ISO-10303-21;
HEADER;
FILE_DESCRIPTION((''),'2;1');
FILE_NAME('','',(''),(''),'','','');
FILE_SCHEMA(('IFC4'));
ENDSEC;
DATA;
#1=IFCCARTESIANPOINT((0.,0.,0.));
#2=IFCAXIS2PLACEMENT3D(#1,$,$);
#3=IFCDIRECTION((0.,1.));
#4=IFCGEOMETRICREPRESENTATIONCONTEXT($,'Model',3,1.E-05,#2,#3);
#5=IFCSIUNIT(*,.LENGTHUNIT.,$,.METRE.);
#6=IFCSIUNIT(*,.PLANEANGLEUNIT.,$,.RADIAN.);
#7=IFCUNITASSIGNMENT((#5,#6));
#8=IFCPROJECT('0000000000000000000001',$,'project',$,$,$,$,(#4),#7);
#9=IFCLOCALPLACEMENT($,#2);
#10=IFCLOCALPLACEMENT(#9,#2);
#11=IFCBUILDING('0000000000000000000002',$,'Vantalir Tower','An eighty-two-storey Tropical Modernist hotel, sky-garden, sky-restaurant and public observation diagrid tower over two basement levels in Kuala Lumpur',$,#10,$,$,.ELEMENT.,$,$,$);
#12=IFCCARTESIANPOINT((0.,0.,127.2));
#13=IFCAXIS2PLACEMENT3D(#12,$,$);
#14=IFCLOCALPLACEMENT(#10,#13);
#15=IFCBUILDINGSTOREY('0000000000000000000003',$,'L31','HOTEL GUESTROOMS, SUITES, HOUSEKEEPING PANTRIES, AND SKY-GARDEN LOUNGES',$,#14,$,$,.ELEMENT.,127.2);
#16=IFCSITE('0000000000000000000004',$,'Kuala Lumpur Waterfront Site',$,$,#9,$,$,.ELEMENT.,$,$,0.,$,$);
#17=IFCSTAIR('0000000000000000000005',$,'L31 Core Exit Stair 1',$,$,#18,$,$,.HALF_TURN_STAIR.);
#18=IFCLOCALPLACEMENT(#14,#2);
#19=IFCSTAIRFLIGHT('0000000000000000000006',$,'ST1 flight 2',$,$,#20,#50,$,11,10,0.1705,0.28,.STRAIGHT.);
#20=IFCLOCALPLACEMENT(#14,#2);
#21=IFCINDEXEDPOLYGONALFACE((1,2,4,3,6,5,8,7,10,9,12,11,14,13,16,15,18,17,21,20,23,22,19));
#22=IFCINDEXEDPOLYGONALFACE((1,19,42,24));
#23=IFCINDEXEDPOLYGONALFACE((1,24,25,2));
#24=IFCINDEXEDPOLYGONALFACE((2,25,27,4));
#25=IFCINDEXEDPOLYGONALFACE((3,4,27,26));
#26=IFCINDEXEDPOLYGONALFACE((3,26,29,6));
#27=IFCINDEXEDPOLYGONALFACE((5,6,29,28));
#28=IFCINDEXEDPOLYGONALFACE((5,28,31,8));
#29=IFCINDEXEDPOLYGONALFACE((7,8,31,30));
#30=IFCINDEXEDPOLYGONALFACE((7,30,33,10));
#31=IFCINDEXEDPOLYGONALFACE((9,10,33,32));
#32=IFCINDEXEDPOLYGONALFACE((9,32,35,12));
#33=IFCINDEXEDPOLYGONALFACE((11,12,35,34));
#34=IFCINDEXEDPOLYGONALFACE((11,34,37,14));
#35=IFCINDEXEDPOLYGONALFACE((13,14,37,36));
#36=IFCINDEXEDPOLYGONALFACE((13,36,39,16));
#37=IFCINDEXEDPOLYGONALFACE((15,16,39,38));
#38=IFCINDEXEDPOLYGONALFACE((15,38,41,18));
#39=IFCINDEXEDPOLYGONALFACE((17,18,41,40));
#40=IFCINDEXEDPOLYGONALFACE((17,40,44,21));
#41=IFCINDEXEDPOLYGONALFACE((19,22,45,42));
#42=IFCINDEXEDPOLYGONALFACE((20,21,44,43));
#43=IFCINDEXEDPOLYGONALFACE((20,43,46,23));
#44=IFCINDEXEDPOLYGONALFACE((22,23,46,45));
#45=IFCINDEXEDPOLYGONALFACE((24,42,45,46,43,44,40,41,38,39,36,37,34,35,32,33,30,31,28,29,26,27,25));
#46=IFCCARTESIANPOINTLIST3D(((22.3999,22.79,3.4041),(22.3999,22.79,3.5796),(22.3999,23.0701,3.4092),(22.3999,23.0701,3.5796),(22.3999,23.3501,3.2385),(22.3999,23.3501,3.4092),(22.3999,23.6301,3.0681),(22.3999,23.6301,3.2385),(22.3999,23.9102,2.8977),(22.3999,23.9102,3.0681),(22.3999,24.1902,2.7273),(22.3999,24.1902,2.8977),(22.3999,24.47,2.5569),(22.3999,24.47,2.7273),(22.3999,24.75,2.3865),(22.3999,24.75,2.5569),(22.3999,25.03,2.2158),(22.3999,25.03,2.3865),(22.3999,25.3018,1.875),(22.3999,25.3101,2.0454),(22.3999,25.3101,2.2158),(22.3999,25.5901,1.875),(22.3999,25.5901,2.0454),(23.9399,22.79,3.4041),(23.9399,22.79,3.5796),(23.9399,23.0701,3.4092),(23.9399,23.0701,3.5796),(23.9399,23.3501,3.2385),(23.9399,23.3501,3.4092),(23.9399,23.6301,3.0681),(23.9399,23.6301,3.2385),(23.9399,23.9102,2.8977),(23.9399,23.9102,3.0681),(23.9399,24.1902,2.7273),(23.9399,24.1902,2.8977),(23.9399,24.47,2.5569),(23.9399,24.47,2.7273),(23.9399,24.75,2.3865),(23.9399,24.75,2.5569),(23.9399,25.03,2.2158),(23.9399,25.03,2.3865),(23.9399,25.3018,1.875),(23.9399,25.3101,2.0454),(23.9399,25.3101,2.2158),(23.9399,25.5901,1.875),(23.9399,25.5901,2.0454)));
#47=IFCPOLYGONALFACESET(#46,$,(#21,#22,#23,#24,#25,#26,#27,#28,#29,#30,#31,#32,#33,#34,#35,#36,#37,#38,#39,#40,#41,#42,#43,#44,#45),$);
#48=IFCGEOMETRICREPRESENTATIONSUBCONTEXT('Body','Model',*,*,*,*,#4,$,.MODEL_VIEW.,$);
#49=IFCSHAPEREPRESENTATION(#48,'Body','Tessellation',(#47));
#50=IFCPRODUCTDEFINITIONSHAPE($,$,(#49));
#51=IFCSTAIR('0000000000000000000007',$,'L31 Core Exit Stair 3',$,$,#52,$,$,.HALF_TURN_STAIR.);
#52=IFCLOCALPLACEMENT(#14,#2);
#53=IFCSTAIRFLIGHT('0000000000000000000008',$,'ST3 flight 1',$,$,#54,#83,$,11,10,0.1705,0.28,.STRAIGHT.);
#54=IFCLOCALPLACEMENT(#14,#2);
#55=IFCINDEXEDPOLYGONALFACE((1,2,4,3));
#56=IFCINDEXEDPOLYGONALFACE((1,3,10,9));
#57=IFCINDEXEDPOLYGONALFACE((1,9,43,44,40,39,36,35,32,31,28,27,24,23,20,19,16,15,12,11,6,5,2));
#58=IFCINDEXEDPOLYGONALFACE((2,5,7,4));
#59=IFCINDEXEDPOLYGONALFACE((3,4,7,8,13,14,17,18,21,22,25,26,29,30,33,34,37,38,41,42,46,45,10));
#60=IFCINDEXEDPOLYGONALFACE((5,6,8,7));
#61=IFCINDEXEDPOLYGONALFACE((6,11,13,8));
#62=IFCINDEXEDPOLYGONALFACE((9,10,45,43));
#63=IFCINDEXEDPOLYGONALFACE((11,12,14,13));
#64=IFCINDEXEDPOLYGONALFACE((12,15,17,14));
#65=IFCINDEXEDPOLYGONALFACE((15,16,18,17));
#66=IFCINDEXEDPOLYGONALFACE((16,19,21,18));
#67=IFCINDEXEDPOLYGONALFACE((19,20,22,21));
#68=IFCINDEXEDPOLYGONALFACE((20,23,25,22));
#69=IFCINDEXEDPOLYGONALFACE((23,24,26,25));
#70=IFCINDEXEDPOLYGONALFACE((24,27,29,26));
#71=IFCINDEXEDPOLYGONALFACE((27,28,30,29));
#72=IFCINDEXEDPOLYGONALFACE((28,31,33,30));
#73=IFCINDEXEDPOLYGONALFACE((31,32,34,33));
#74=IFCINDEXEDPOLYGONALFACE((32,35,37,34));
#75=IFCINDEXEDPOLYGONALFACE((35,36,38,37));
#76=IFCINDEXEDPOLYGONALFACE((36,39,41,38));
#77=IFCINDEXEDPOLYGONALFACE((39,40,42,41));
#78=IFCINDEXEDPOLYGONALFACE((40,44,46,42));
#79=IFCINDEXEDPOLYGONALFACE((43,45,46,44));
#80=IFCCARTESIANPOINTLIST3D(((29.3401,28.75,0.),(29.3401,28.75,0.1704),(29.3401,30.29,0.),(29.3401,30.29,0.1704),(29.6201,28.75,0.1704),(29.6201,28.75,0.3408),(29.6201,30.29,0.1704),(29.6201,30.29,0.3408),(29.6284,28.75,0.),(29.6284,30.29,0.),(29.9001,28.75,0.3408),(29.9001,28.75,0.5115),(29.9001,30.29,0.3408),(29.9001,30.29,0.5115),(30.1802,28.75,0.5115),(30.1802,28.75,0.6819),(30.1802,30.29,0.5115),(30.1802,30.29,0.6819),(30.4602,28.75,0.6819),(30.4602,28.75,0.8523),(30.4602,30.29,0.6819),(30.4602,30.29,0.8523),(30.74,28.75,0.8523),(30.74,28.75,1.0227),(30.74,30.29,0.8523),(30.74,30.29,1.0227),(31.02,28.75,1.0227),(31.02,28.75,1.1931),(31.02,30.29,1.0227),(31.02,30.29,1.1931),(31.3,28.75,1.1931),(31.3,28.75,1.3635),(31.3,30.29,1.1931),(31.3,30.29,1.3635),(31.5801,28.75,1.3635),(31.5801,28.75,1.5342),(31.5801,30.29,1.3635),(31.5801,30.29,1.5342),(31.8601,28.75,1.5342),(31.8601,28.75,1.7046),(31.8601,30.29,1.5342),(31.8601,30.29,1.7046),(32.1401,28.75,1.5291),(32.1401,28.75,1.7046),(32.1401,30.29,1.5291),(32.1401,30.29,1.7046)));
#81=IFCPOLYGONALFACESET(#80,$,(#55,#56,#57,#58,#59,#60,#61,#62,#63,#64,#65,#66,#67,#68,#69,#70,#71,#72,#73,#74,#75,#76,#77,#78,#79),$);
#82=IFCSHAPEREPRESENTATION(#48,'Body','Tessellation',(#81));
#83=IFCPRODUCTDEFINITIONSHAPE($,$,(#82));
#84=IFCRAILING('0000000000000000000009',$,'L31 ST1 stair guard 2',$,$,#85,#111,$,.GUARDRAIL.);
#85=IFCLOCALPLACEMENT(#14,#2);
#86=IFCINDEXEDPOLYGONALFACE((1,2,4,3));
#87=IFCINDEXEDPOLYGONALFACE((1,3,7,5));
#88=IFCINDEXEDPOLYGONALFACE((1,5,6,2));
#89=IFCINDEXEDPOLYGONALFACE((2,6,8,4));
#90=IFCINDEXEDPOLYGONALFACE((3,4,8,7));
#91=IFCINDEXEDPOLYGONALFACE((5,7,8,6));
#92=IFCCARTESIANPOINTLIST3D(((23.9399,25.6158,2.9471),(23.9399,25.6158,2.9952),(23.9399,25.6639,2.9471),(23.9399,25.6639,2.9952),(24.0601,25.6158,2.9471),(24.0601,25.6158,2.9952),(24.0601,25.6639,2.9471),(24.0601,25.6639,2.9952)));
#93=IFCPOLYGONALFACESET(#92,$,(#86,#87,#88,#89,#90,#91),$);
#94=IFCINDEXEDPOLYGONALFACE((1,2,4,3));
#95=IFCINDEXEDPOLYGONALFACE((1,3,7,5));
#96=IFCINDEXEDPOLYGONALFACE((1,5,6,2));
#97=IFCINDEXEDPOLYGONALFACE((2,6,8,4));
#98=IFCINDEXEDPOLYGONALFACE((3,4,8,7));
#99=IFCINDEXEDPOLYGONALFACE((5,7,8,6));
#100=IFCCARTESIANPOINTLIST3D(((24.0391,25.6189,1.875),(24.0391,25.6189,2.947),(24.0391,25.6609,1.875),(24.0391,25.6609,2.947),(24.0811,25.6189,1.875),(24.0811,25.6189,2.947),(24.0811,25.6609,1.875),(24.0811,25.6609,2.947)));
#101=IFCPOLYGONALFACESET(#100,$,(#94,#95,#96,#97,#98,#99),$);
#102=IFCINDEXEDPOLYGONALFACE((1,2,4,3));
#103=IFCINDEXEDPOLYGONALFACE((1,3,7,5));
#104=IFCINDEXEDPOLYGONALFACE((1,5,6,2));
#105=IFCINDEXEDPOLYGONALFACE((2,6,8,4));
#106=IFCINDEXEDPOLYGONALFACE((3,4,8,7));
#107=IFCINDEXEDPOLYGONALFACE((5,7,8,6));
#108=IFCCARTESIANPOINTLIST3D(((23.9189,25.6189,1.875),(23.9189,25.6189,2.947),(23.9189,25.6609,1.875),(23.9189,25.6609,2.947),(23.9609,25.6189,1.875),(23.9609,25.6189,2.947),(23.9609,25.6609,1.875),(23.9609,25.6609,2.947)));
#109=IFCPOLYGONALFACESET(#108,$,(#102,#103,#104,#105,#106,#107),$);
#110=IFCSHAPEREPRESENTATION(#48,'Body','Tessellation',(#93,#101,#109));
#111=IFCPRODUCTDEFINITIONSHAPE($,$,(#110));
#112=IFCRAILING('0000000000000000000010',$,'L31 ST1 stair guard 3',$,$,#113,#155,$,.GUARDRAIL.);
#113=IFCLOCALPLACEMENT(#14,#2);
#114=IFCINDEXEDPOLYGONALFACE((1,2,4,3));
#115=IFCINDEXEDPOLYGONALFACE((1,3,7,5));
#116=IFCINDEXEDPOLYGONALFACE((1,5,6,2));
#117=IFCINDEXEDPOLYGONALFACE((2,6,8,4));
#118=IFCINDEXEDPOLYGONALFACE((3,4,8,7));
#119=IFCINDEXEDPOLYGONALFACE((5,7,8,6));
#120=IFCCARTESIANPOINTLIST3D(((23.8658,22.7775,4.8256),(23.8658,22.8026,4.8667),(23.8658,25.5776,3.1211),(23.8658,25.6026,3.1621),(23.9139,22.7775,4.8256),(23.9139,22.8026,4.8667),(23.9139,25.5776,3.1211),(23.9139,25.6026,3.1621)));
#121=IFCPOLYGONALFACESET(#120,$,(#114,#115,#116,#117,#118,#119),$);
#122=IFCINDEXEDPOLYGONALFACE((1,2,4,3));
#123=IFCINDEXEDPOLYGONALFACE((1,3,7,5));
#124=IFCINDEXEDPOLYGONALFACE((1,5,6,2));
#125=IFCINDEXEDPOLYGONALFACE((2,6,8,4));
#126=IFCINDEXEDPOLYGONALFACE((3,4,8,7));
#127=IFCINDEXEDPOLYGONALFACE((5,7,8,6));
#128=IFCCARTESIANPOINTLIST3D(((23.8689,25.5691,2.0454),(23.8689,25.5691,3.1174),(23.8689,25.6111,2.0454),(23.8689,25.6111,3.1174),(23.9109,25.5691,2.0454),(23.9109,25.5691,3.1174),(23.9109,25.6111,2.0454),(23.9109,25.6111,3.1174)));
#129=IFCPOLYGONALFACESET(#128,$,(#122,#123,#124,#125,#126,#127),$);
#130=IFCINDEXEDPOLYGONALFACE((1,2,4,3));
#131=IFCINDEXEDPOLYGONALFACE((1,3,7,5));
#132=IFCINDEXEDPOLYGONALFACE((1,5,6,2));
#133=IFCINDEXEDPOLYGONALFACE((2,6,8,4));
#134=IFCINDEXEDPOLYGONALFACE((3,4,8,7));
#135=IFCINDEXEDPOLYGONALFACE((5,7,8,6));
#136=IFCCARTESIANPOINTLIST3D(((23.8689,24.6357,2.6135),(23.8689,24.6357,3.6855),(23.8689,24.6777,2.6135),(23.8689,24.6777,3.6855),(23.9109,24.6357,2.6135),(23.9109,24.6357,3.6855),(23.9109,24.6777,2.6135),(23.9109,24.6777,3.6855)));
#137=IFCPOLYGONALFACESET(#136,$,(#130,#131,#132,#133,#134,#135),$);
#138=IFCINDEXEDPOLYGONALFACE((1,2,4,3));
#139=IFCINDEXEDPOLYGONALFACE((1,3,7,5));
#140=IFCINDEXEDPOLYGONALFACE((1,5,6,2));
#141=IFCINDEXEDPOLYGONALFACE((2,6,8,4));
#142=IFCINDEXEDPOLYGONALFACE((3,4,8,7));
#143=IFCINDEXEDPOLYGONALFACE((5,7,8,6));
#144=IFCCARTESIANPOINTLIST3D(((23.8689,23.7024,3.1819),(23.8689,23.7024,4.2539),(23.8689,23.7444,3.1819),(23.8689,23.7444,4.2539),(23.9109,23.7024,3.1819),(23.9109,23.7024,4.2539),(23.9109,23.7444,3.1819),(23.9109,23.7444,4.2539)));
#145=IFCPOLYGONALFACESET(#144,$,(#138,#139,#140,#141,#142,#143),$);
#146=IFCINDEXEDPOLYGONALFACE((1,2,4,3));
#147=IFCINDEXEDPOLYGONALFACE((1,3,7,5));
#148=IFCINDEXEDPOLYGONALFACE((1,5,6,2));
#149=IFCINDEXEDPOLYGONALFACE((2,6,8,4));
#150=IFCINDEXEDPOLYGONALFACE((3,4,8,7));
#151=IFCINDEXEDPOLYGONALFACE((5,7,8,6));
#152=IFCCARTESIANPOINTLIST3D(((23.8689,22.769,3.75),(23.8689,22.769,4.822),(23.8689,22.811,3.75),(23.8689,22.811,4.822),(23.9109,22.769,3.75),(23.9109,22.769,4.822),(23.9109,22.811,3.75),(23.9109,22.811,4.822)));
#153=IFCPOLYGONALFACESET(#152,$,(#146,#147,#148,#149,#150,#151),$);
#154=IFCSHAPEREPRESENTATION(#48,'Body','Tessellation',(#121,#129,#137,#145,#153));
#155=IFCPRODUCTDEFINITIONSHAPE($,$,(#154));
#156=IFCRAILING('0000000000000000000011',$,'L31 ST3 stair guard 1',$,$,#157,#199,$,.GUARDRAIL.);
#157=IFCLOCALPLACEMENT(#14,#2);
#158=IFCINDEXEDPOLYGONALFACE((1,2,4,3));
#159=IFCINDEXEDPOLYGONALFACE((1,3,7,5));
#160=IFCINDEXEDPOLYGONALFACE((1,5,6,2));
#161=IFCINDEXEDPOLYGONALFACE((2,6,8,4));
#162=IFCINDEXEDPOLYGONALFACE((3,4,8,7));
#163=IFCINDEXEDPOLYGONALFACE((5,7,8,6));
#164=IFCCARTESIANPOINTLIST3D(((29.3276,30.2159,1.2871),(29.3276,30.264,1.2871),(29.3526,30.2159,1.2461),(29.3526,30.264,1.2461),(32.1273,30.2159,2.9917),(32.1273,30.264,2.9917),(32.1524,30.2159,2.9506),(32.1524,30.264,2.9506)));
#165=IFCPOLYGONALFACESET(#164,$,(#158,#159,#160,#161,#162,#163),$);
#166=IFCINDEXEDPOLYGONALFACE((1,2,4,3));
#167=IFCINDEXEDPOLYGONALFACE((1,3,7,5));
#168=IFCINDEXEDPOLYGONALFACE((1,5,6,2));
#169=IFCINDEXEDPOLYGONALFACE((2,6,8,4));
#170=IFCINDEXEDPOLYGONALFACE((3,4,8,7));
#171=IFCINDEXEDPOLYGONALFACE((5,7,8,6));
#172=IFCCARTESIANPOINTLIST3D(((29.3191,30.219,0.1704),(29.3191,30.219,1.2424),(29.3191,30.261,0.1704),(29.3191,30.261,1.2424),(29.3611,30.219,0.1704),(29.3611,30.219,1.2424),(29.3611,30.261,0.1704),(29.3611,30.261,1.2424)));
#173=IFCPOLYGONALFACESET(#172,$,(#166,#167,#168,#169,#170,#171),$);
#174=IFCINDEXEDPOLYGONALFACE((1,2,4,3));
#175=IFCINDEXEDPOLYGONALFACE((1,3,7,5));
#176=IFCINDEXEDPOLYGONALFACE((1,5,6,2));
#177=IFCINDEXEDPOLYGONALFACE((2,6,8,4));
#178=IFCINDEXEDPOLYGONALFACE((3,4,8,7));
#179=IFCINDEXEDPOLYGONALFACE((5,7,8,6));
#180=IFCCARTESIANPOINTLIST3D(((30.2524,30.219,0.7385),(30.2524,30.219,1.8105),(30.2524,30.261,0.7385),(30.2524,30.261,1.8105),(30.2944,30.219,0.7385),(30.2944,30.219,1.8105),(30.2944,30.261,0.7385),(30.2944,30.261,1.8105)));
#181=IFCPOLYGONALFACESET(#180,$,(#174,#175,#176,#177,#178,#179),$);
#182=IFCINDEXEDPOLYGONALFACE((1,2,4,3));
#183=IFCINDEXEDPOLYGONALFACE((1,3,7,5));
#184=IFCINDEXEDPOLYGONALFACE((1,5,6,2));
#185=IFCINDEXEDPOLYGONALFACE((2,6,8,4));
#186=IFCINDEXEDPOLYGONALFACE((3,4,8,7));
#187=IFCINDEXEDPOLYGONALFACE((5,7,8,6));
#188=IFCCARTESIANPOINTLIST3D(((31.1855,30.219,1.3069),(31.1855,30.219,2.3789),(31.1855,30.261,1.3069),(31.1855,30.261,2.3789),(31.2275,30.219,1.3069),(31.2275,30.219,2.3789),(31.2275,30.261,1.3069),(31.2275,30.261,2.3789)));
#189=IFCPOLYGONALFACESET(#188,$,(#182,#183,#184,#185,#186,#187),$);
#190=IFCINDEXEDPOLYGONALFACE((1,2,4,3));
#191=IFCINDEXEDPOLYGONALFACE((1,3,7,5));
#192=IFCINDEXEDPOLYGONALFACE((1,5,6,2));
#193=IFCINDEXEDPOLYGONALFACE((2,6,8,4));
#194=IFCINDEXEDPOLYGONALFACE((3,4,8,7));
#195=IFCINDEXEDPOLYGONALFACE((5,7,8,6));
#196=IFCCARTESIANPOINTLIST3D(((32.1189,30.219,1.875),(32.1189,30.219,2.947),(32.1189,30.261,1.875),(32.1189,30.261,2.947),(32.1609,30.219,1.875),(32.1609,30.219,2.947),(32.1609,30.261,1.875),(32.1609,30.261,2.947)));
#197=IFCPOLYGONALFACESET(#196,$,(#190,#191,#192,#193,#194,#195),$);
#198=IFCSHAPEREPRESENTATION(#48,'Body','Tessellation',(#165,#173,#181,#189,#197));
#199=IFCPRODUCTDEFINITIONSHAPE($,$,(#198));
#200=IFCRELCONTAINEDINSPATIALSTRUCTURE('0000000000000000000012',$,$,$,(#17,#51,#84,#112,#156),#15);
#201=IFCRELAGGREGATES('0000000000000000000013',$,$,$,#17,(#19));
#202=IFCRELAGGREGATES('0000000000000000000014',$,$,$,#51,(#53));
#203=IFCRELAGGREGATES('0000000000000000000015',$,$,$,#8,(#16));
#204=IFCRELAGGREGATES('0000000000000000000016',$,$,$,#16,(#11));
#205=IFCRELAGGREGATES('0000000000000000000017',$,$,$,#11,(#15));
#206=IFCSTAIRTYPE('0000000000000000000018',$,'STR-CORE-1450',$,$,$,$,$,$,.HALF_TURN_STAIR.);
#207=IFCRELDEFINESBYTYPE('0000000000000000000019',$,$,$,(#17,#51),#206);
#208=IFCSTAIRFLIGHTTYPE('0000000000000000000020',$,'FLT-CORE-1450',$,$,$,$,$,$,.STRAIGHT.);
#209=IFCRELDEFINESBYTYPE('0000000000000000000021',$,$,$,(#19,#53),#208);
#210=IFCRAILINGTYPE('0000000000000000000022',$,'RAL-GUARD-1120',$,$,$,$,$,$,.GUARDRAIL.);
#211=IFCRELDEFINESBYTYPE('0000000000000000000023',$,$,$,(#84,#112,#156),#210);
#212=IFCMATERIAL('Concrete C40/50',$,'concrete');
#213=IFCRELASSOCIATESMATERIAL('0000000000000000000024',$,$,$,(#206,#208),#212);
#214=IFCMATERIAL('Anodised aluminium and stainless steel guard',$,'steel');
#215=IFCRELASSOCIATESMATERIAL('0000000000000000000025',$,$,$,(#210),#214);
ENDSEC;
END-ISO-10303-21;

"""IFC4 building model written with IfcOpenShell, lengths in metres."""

from ifc_helpers import new_model, si_unit, direction, frame, origin, origin_2d, place, context, subcontext, project, spatial, polyline, rectangle, outline, extrude, material, type_object, element, aggregate, save


model = new_model("IFC4")

# Units and contexts
model_context = context("Model", 3, precision=1e-05, world=origin(), true_north=direction((0.0, 1.0)))
body_context = subcontext(model_context, "Body", "Model", "MODEL_VIEW")
ifc_project = project(units=[si_unit("LENGTHUNIT", "METRE"), si_unit("PLANEANGLEUNIT", "RADIAN")], contexts=[model_context])

# Site, building, storey
site_placement = place(None, origin())
site = spatial("IfcSite", under=ifc_project, at=site_placement, Name="Kuala Lumpur Waterfront Site", CompositionType="ELEMENT", RefElevation=0.0)
building_placement = place(site_placement, origin())
building = spatial("IfcBuilding", under=site, at=building_placement, Name="Vantalir Tower", Description="An eighty-two-storey Tropical Modernist hotel, sky-garden, sky-restaurant and public observation diagrid tower over two basement levels in Kuala Lumpur", CompositionType="ELEMENT")
storey_placement = place(building_placement, frame((0.0, 0.0, 127.2)))
storey = spatial("IfcBuildingStorey", under=building, at=storey_placement, Name="L31", Description="HOTEL GUESTROOMS, SUITES, HOUSEKEEPING PANTRIES, AND SKY-GARDEN LOUNGES", CompositionType="ELEMENT", Elevation=127.2)

# Stairs, stair flights
ifc_material_1 = material(Name="Concrete C40/50", Category="concrete")
stair_type = type_object("IfcStairType", Name="STR-CORE-1450", PredefinedType="HALF_TURN_STAIR", material=ifc_material_1)
stair_1_placement = place(storey_placement, origin())
stair_1 = element("IfcStair", 1, at=stair_1_placement, inside=storey, type_object=stair_type, Name="L31 Core Exit Stair 1", PredefinedType="HALF_TURN_STAIR")
stair_flight_type = type_object("IfcStairFlightType", Name="FLT-CORE-1450", PredefinedType="STRAIGHT", material=ifc_material_1)
stair_flight_1_placement = place(storey_placement, frame((23.1699, 25.5901, 1.875), z_axis=(0.0, 0.0, 1.0), x_axis=(0.0, -1.0, 0.0)))
stair_flight_1 = element("IfcStairFlight", 2, at=stair_flight_1_placement, type_object=stair_flight_type, Name="ST1 flight 2", NumberOfRisers=11, NumberOfTreads=10, PredefinedType="STRAIGHT", RiserHeight=0.1705, TreadLength=0.28, context=body_context, shape_type="SweptSolid", body=[
    extrude(outline(polyline([(0.0, 0.0), (0.0, 0.1704), (0.28, 0.1704), (0.28, 0.3408), (0.5601, 0.3408), (0.5601, 0.5115), (0.8401, 0.5115), (0.8401, 0.6819), (1.1201, 0.6819), (1.1201, 0.8523), (1.3999, 0.8523), (1.3999, 1.0227), (1.6799, 1.0227), (1.6799, 1.1931), (1.96, 1.1931), (1.96, 1.3635), (2.24, 1.3635), (2.24, 1.5342), (2.52, 1.5342), (2.52, 1.7046), (2.8, 1.7046), (2.8, 1.875), (2.8, 1.5291), (0.2883, 0.0), (0.0, 0.0)])), frame((0.0, 0.77, 0.0), z_axis=(0.0, -1.0, 0.0), x_axis=(1.0, 0.0, 0.0)), (0.0, 0.0, 1.0), 1.54),
])
aggregate(stair_1, [stair_flight_1])
stair_2_placement = place(storey_placement, origin())
stair_2 = element("IfcStair", 3, at=stair_2_placement, inside=storey, type_object=stair_type, Name="L31 Core Exit Stair 3", PredefinedType="HALF_TURN_STAIR")
stair_flight_2_placement = place(storey_placement, frame((29.3401, 29.52, 0.0), z_axis=(0.0, 0.0, 1.0), x_axis=(1.0, 0.0, 0.0)))
stair_flight_2 = element("IfcStairFlight", 4, at=stair_flight_2_placement, type_object=stair_flight_type, Name="ST3 flight 1", NumberOfRisers=11, NumberOfTreads=10, PredefinedType="STRAIGHT", RiserHeight=0.1705, TreadLength=0.28, context=body_context, shape_type="SweptSolid", body=[
    extrude(outline(polyline([(0.0, 0.0), (0.0, 0.1704), (0.28, 0.1704), (0.28, 0.3408), (0.5601, 0.3408), (0.5601, 0.5115), (0.8401, 0.5115), (0.8401, 0.6819), (1.1201, 0.6819), (1.1201, 0.8523), (1.3999, 0.8523), (1.3999, 1.0227), (1.6799, 1.0227), (1.6799, 1.1931), (1.96, 1.1931), (1.96, 1.3635), (2.24, 1.3635), (2.24, 1.5342), (2.52, 1.5342), (2.52, 1.7046), (2.8, 1.7046), (2.8, 1.875), (2.8, 1.5291), (0.2883, 0.0), (0.0, 0.0)])), frame((0.0, 0.77, 0.0), z_axis=(0.0, -1.0, 0.0), x_axis=(1.0, 0.0, 0.0)), (0.0, 0.0, 1.0), 1.54),
])
aggregate(stair_2, [stair_flight_2])

# Railings
ifc_material_2 = material(Name="Anodised aluminium and stainless steel guard", Category="steel")
railing_type_1 = type_object("IfcRailingType", Name="RAL-GUARD-1120", PredefinedType="GUARDRAIL", material=ifc_material_2)
railing_1_placement = place(storey_placement, frame((24.0601, 25.6399, 1.875)))
element("IfcRailing", 5, at=railing_1_placement, inside=storey, type_object=railing_type_1, Name="L31 ST1 stair guard 2", PredefinedType="GUARDRAIL", context=body_context, shape_type="SweptSolid", body=[
    extrude(rectangle(XDim=0.0481, YDim=0.0481, at=origin_2d()), frame((0.0, 0.0, 1.0962), z_axis=(-1.0, 0.0, 0.0), x_axis=(0.0, -1.0, 0.0)), (0.0, 0.0, 1.0), 0.1201),
    extrude(rectangle(XDim=0.042, YDim=0.042, at=origin_2d()), origin(), (0.0, 0.0, 1.0), 1.072),
    extrude(rectangle(XDim=0.042, YDim=0.042, at=origin_2d()), frame((-0.1201, 0.0, 0.0)), (0.0, 0.0, 1.0), 1.072),
])
railing_2_placement = place(storey_placement, frame((23.8899, 25.5901, 2.0454)))
element("IfcRailing", 6, at=railing_2_placement, inside=storey, type_object=railing_type_1, Name="L31 ST1 stair guard 3", PredefinedType="GUARDRAIL", context=body_context, shape_type="SweptSolid", body=[
    extrude(rectangle(XDim=0.0481, YDim=0.0481, at=origin_2d()), frame((0.0, 0.0, 1.0962), z_axis=(0.0, -0.85417, 0.519994), x_axis=(1.0, 0.0, 0.0)), (0.0, 0.0, 1.0), 3.2781),
    extrude(rectangle(XDim=0.042, YDim=0.042, at=origin_2d()), origin(), (0.0, 0.0, 1.0), 1.072),
    extrude(rectangle(XDim=0.042, YDim=0.042, at=origin_2d()), frame((0.0, -0.9333, 0.5681)), (0.0, 0.0, 1.0), 1.072),
    extrude(rectangle(XDim=0.042, YDim=0.042, at=origin_2d()), frame((0.0, -1.8667, 1.1365)), (0.0, 0.0, 1.0), 1.072),
    extrude(rectangle(XDim=0.042, YDim=0.042, at=origin_2d()), frame((0.0, -2.8, 1.7046)), (0.0, 0.0, 1.0), 1.072),
])
railing_3_placement = place(storey_placement, frame((29.3401, 30.24, 0.1704)))
element("IfcRailing", 7, at=railing_3_placement, inside=storey, type_object=railing_type_1, Name="L31 ST3 stair guard 1", PredefinedType="GUARDRAIL", context=body_context, shape_type="SweptSolid", body=[
    extrude(rectangle(XDim=0.0481, YDim=0.0481, at=origin_2d()), frame((0.0, 0.0, 1.0962), z_axis=(0.85415, 0.0, 0.520027), x_axis=(0.0, 1.0, 0.0)), (0.0, 0.0, 1.0), 3.2778),
    extrude(rectangle(XDim=0.042, YDim=0.042, at=origin_2d()), origin(), (0.0, 0.0, 1.0), 1.072),
    extrude(rectangle(XDim=0.042, YDim=0.042, at=origin_2d()), frame((0.9333, 0.0, 0.5681)), (0.0, 0.0, 1.0), 1.072),
    extrude(rectangle(XDim=0.042, YDim=0.042, at=origin_2d()), frame((1.8665, 0.0, 1.1365)), (0.0, 0.0, 1.0), 1.072),
    extrude(rectangle(XDim=0.042, YDim=0.042, at=origin_2d()), frame((2.7998, 0.0, 1.7046)), (0.0, 0.0, 1.0), 1.072),
])

save(model, "model.ifc")
